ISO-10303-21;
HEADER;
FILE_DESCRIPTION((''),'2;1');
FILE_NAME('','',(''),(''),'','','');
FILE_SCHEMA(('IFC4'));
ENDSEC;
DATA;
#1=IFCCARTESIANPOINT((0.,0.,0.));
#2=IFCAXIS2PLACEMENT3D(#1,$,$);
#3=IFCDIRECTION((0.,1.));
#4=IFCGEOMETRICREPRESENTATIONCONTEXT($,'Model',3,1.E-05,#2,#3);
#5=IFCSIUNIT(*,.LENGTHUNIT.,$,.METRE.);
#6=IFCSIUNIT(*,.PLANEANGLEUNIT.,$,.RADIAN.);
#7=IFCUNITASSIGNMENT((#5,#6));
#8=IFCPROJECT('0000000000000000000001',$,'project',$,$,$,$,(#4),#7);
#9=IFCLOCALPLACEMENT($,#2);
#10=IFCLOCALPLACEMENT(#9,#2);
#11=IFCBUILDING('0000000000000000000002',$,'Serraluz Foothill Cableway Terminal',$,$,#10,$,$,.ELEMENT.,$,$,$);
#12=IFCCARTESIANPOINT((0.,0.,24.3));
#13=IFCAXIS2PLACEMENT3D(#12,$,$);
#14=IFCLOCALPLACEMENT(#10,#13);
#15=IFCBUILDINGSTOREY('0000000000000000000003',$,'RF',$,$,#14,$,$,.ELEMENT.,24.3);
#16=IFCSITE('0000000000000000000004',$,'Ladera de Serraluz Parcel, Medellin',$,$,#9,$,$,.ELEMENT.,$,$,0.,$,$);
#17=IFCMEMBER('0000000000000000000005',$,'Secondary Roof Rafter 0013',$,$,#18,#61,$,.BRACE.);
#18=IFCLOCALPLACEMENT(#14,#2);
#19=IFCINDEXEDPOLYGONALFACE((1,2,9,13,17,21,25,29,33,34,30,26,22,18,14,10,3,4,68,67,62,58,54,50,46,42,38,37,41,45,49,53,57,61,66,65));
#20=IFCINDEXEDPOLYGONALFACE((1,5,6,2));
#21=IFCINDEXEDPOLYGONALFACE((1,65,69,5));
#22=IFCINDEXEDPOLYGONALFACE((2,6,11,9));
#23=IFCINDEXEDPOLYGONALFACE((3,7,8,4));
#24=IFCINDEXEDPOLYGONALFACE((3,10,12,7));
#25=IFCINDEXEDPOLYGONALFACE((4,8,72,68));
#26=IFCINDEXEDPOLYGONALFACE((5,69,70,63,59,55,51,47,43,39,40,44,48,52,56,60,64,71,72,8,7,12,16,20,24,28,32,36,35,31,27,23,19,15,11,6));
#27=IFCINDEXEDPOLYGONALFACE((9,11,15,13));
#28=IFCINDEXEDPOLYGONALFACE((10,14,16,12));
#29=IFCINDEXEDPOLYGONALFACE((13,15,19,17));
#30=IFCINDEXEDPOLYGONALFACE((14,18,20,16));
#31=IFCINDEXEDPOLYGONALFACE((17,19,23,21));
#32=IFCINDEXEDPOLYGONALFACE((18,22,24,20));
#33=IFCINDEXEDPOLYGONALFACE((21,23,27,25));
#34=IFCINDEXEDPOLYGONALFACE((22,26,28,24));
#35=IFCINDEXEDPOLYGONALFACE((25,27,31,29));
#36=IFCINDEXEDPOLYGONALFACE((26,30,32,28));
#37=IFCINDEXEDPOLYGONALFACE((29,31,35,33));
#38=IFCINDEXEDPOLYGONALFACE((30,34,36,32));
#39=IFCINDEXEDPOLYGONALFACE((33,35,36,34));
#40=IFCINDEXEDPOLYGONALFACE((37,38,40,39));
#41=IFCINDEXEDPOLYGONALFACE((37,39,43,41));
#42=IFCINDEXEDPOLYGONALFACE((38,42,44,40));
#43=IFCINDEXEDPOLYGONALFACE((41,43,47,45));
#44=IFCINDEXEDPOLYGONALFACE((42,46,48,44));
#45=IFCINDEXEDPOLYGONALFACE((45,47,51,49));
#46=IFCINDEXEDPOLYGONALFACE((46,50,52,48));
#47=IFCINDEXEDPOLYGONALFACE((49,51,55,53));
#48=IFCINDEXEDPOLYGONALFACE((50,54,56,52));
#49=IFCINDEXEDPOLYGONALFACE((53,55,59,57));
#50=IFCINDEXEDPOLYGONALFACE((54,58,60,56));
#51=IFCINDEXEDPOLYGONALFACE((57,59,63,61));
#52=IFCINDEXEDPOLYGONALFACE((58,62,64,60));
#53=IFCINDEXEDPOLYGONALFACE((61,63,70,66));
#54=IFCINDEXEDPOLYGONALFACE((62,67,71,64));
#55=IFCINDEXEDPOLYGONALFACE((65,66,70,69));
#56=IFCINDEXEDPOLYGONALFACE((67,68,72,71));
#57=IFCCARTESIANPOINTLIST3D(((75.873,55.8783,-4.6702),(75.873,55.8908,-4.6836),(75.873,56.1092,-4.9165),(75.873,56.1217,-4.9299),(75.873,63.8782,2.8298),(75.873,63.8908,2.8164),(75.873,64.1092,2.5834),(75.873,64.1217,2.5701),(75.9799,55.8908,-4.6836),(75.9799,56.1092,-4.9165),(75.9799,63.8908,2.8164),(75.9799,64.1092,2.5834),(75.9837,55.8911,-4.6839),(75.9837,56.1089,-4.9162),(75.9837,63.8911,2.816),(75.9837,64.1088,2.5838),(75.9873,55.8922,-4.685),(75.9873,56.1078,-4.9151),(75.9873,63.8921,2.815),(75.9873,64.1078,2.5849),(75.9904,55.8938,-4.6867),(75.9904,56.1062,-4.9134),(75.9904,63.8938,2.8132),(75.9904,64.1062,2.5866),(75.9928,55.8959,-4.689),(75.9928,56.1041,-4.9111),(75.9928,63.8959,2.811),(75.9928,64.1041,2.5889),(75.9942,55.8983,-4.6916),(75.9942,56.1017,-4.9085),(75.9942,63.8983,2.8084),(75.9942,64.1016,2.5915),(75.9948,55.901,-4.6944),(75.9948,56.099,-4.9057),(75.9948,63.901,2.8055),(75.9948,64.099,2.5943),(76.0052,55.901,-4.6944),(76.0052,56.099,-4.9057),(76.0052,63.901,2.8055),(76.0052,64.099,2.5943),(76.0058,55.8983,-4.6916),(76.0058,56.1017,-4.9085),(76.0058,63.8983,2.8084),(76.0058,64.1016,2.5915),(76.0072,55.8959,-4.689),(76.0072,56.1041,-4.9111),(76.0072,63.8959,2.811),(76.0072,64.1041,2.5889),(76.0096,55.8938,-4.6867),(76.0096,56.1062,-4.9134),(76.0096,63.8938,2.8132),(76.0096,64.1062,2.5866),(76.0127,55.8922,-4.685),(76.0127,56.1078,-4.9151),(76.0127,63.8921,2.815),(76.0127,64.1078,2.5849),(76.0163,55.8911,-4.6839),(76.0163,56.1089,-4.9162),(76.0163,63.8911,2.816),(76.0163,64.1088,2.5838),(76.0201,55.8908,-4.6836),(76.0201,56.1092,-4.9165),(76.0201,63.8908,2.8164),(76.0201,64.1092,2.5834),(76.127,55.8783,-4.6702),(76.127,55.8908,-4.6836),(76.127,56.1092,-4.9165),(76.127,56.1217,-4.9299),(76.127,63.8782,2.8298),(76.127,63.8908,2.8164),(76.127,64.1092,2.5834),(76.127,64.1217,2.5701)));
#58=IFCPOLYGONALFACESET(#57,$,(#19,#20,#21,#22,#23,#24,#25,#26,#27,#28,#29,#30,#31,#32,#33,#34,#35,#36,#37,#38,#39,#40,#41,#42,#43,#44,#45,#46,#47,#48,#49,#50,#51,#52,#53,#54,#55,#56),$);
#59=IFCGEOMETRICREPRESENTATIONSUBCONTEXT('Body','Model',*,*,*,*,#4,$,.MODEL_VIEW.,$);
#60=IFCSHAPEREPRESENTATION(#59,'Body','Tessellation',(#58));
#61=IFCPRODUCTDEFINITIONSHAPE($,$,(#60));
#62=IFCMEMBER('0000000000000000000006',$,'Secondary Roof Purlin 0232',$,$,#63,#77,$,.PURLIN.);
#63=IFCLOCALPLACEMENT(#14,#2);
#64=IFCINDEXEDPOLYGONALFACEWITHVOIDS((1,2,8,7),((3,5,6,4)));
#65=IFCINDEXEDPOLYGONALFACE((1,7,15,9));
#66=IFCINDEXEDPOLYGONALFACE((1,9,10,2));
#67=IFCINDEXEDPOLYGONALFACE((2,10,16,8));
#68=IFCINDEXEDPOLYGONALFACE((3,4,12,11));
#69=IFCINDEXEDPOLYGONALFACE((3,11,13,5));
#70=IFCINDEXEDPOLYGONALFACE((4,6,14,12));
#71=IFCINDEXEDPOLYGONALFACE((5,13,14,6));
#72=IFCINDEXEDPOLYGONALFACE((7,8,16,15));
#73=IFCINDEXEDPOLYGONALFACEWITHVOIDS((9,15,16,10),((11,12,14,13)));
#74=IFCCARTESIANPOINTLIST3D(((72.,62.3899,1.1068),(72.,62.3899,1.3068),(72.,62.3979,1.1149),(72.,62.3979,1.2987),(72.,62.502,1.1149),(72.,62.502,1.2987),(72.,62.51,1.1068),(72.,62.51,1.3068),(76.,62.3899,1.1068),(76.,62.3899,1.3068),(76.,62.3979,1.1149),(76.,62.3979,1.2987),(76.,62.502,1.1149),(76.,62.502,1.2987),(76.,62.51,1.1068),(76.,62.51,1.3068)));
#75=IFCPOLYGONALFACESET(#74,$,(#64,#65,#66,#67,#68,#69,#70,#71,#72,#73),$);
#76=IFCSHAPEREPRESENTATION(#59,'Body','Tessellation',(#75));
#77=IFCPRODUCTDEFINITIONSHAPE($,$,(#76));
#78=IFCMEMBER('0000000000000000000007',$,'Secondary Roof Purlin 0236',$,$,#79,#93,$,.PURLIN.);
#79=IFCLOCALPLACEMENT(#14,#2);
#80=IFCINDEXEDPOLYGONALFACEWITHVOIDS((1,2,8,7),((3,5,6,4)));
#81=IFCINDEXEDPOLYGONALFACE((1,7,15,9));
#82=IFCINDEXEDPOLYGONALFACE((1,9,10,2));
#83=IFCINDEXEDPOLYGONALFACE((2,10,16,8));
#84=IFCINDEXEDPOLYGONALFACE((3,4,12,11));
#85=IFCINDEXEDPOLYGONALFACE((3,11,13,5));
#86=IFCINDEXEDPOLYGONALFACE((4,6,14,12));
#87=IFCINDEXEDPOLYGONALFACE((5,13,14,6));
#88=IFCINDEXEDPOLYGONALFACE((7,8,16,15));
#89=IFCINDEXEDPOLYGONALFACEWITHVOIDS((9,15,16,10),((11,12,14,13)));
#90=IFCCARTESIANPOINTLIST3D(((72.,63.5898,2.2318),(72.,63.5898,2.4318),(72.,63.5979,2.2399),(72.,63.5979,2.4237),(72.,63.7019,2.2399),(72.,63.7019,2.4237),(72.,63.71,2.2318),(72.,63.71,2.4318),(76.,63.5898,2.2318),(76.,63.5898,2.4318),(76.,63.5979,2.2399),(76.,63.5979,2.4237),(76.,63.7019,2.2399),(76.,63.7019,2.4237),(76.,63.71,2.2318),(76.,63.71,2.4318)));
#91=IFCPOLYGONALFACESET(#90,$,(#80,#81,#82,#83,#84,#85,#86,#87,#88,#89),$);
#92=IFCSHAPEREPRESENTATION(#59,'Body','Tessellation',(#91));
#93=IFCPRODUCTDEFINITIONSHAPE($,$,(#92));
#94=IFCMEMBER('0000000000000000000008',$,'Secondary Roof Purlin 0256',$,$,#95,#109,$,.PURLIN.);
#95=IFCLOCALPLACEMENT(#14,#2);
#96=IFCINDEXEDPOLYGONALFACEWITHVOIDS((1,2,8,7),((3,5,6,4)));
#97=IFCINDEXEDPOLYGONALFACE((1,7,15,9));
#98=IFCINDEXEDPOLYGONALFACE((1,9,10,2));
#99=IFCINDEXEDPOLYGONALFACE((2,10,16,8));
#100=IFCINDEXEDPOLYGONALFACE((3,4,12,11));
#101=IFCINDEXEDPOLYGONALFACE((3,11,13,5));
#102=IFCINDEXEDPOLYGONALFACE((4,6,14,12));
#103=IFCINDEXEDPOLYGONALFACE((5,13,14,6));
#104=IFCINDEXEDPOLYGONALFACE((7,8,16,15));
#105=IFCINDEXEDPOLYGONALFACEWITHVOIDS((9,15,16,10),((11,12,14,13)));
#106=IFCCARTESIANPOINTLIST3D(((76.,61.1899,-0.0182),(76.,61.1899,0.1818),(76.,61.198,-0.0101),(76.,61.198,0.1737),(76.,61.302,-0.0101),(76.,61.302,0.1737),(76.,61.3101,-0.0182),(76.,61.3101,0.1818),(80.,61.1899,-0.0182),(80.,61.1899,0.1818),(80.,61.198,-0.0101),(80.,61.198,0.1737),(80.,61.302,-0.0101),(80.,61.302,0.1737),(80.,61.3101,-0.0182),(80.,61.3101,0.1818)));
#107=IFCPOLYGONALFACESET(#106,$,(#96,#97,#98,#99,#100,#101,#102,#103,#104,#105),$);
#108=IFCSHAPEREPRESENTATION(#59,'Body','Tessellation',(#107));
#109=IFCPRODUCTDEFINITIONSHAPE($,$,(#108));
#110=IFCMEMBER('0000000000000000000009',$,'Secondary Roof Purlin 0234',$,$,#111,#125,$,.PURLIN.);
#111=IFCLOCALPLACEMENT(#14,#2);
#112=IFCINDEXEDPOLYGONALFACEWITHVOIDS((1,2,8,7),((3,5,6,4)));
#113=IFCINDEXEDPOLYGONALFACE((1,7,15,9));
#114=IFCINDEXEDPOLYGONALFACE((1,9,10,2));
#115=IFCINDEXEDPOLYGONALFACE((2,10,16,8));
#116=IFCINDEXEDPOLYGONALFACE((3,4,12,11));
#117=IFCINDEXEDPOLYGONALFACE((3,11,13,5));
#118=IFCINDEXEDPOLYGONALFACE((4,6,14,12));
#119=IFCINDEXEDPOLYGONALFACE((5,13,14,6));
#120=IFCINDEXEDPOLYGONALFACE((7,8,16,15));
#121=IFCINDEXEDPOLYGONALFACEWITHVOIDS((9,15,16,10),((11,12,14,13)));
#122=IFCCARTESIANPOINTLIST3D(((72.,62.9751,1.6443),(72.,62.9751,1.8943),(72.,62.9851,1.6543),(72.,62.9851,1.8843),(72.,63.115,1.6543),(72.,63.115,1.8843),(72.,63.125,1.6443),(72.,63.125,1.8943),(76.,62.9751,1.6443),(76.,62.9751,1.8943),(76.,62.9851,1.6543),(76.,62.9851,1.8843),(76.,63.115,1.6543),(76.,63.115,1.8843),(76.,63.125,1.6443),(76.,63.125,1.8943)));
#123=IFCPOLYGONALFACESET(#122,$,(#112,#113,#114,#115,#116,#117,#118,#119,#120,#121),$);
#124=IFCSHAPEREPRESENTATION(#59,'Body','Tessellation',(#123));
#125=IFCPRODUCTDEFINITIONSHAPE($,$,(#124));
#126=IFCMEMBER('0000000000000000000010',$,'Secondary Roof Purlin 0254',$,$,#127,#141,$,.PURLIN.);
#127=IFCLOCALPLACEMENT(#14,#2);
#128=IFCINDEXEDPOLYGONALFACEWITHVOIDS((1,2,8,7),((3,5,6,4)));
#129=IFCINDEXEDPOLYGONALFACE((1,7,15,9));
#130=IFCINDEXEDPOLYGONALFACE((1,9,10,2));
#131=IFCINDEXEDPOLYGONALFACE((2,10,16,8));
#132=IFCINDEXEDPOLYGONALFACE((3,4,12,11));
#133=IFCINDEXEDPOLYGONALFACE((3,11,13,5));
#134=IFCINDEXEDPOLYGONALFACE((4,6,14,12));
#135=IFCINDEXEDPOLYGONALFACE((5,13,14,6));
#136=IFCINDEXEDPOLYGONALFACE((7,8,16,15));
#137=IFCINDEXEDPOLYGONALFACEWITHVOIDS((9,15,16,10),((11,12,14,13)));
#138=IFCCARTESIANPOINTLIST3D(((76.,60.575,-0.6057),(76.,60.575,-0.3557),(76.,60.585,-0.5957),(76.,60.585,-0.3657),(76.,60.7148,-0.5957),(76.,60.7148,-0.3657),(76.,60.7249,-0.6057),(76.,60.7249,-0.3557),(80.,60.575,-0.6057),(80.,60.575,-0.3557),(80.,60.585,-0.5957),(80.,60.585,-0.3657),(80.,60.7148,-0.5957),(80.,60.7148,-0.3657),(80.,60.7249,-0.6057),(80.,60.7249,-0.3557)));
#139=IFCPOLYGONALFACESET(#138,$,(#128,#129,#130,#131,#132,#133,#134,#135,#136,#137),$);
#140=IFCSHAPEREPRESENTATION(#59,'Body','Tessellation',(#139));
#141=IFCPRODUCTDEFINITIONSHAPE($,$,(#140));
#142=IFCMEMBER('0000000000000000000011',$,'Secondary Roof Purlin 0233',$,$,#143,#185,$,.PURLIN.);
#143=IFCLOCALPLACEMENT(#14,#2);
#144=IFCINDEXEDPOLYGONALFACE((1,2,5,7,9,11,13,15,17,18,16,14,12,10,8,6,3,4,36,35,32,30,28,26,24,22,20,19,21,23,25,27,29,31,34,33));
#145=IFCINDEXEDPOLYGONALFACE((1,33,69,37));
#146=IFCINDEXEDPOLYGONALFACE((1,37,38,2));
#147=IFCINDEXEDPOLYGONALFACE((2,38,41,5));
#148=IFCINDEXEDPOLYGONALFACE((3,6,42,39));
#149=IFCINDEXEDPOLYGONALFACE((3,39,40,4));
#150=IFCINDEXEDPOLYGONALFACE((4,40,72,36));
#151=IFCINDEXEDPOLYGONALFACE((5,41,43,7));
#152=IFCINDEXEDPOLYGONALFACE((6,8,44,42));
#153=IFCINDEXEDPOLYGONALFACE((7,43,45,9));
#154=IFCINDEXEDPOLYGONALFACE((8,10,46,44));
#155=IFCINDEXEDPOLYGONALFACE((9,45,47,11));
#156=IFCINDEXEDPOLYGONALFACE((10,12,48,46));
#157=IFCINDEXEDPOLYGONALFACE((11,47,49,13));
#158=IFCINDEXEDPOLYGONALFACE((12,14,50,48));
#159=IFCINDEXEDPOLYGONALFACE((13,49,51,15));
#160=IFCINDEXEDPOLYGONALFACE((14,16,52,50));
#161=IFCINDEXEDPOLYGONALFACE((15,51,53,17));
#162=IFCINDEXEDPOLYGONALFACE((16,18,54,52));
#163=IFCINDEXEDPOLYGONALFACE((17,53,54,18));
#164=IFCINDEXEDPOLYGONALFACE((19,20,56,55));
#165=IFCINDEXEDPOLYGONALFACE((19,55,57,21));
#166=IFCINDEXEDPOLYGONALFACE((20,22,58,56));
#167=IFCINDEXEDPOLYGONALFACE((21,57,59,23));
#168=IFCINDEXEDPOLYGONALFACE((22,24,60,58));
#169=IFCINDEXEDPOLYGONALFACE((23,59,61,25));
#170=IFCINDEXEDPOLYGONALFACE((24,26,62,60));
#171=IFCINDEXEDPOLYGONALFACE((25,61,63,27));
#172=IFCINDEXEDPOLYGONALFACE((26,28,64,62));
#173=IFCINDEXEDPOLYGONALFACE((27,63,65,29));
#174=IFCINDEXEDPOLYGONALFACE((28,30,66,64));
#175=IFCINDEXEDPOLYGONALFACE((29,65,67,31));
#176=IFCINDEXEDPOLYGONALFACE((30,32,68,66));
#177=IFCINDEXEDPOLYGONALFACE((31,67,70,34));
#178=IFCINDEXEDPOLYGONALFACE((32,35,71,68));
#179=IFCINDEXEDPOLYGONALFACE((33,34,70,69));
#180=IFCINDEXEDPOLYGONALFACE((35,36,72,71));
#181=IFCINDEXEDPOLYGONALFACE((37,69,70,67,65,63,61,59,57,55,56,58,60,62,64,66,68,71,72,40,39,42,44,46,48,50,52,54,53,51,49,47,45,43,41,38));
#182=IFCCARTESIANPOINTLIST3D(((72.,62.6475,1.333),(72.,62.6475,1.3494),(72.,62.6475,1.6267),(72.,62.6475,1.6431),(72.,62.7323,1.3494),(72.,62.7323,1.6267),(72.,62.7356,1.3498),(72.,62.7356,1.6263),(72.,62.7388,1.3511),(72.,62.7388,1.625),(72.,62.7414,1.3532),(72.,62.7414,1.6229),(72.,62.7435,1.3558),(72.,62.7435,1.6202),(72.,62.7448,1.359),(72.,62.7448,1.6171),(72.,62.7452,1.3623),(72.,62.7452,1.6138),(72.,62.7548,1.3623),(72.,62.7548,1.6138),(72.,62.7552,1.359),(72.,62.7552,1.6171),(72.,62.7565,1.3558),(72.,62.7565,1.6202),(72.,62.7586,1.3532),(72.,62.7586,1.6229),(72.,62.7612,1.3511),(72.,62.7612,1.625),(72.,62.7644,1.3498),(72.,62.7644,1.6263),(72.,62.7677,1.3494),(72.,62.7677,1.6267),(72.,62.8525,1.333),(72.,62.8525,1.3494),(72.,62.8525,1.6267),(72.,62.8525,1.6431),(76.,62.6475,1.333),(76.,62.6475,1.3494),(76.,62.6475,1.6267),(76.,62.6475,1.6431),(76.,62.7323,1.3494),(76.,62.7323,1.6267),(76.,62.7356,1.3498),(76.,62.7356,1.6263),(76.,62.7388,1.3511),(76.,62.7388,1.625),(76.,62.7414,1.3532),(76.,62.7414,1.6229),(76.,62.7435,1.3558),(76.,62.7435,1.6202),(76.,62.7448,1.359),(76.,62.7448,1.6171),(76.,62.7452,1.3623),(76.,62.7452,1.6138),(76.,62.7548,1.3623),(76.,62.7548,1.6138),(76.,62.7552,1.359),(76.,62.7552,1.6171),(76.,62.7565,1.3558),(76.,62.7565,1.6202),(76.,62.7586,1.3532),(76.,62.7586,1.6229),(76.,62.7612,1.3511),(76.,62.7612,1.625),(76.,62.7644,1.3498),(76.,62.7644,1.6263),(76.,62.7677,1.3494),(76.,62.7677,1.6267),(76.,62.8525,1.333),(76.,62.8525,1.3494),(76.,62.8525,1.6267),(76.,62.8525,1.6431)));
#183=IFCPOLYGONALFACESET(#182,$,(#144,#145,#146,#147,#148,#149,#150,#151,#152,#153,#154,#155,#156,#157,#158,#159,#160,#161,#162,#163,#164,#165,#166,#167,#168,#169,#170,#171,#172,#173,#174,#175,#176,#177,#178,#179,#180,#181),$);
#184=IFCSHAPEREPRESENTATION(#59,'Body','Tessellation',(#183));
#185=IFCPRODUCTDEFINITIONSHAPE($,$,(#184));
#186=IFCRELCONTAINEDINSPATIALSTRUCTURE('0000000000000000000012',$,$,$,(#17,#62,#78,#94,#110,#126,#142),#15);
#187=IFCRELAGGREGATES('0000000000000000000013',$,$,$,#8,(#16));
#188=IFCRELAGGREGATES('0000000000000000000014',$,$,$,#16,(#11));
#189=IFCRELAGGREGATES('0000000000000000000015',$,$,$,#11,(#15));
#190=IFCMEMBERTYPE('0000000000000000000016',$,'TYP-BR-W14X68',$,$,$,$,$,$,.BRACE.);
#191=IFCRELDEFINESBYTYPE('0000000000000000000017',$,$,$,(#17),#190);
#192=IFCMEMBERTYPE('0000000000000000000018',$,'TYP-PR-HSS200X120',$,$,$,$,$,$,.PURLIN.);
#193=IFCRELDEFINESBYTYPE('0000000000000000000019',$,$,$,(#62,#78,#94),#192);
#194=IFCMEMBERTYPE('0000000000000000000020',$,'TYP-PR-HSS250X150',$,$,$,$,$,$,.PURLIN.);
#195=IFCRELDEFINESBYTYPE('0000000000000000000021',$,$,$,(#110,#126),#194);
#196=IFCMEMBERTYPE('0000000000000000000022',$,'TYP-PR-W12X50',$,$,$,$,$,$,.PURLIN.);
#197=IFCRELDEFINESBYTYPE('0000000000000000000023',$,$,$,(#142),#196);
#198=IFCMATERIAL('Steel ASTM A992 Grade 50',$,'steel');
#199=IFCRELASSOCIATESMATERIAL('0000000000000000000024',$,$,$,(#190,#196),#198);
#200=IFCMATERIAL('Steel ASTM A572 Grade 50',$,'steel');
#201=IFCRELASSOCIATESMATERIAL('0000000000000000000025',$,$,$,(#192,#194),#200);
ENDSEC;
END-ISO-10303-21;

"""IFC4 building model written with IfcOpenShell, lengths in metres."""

from ifc_helpers import new_model, si_unit, direction, frame, origin, origin_2d, place, context, subcontext, project, spatial, hollow_rectangle, i_section, extrude, material, material_profile, profile_set, type_object, element, save


model = new_model("IFC4")

# Units and contexts
model_context = context("Model", 3, precision=1e-05, world=origin(), true_north=direction((0.0, 1.0)))
body_context = subcontext(model_context, "Body", "Model", "MODEL_VIEW")
ifc_project = project(units=[si_unit("LENGTHUNIT", "METRE"), si_unit("PLANEANGLEUNIT", "RADIAN")], contexts=[model_context])

# Site, building, storey
site_placement = place(None, origin())
site = spatial("IfcSite", under=ifc_project, at=site_placement, Name="Ladera de Serraluz Parcel, Medellin", CompositionType="ELEMENT", RefElevation=0.0)
building_placement = place(site_placement, origin())
building = spatial("IfcBuilding", under=site, at=building_placement, Name="Serraluz Foothill Cableway Terminal", CompositionType="ELEMENT")
storey_placement = place(building_placement, frame((0.0, 0.0, 24.3)))
storey = spatial("IfcBuildingStorey", under=building, at=storey_placement, Name="RF", CompositionType="ELEMENT", Elevation=24.3)

# Members
ifc_material_1 = material(Name="Steel ASTM A572 Grade 50", Category="steel")
ifc_material_2 = material(Name="Steel ASTM A992 Grade 50", Category="steel")
ifc_material_profile_1 = material_profile(ifc_material_2, i_section(OverallWidth=0.2539, OverallDepth=0.356, WebThickness=0.0105, FlangeThickness=0.0183, FilletRadius=0.0149, at=origin_2d()), Name="W14X68")
ifc_profile_set_1 = profile_set([ifc_material_profile_1], Name="Steel ASTM A992 Grade 50")
member_type_1 = type_object("IfcMemberType", Name="TYP-BR-W14X68", PredefinedType="BRACE", material=ifc_profile_set_1)
member_1_placement = place(storey_placement, frame((76.0, 56.0, -4.8), z_axis=(0.0, 0.729537, 0.683941), x_axis=(-1.0, 0.0, 0.0)))
element("IfcMember", 1, at=member_1_placement, inside=storey, type_object=member_type_1, Name="Secondary Roof Rafter 0013", PredefinedType="BRACE", context=body_context, shape_type="SweptSolid", body=[
    extrude(i_section(OverallWidth=0.2539, OverallDepth=0.356, WebThickness=0.0105, FlangeThickness=0.0183, FilletRadius=0.0149, at=origin_2d()), origin(), (0.0, 0.0, 1.0), 10.9658),
])
ifc_material_profile_2 = material_profile(ifc_material_1, hollow_rectangle(XDim=0.1201, YDim=0.2, WallThickness=0.0081, at=origin_2d()), Name="HSS200X120X8")
ifc_profile_set_2 = profile_set([ifc_material_profile_2], Name="Steel ASTM A572 Grade 50")
member_type_2 = type_object("IfcMemberType", Name="TYP-PR-HSS200X120", PredefinedType="PURLIN", material=ifc_profile_set_2)
for number, where, z_axis, x_axis, name in (
    (2, (72.0, 62.45, 1.2068), (1.0, 0.0, 0.0), (0.0, 1.0, 0.0), "Secondary Roof Purlin 0232"),
    (3, (72.0, 63.6499, 2.3318), (1.0, 0.0, 0.0), (0.0, 1.0, 0.0), "Secondary Roof Purlin 0236"),
    (4, (76.0, 61.25, 0.0818), (1.0, 0.0, 0.0), (0.0, 1.0, 0.0), "Secondary Roof Purlin 0256"),
):
    element("IfcMember", number, at=place(storey_placement, frame(where, z_axis=z_axis, x_axis=x_axis)), inside=storey, type_object=member_type_2, Name=name, PredefinedType="PURLIN", context=body_context, shape_type="SweptSolid", body=[
        extrude(hollow_rectangle(XDim=0.1201, YDim=0.2, WallThickness=0.0081, at=origin_2d()), origin(), (0.0, 0.0, 1.0), 4.0),
    ])
ifc_material_profile_3 = material_profile(ifc_material_1, hollow_rectangle(XDim=0.1499, YDim=0.25, WallThickness=0.01, at=origin_2d()), Name="HSS250X150X10")
ifc_profile_set_3 = profile_set([ifc_material_profile_3], Name="Steel ASTM A572 Grade 50")
member_type_3 = type_object("IfcMemberType", Name="TYP-PR-HSS250X150", PredefinedType="PURLIN", material=ifc_profile_set_3)
for number, where, z_axis, x_axis, name in (
    (5, (72.0, 63.05, 1.7693), (1.0, 0.0, 0.0), (0.0, 1.0, 0.0), "Secondary Roof Purlin 0234"),
    (6, (76.0, 60.6499, -0.4807), (1.0, 0.0, 0.0), (0.0, 1.0, 0.0), "Secondary Roof Purlin 0254"),
):
    element("IfcMember", number, at=place(storey_placement, frame(where, z_axis=z_axis, x_axis=x_axis)), inside=storey, type_object=member_type_3, Name=name, PredefinedType="PURLIN", context=body_context, shape_type="SweptSolid", body=[
        extrude(hollow_rectangle(XDim=0.1499, YDim=0.25, WallThickness=0.01, at=origin_2d()), origin(), (0.0, 0.0, 1.0), 4.0),
    ])
ifc_material_profile_4 = material_profile(ifc_material_2, i_section(OverallWidth=0.2051, OverallDepth=0.3101, WebThickness=0.0095, FlangeThickness=0.0164, FilletRadius=0.0129, at=origin_2d()), Name="W12X50")
ifc_profile_set_4 = profile_set([ifc_material_profile_4], Name="Steel ASTM A992 Grade 50")
member_type_4 = type_object("IfcMemberType", Name="TYP-PR-W12X50", PredefinedType="PURLIN", material=ifc_profile_set_4)
for number, where, z_axis, x_axis, name in (
    (7, (72.0, 62.75, 1.488), (1.0, 0.0, 0.0), (0.0, 1.0, 0.0), "Secondary Roof Purlin 0233"),
):
    element("IfcMember", number, at=place(storey_placement, frame(where, z_axis=z_axis, x_axis=x_axis)), inside=storey, type_object=member_type_4, Name=name, PredefinedType="PURLIN", context=body_context, shape_type="SweptSolid", body=[
        extrude(i_section(OverallWidth=0.2051, OverallDepth=0.3101, WebThickness=0.0095, FlangeThickness=0.0164, FilletRadius=0.0129, at=origin_2d()), origin(), (0.0, 0.0, 1.0), 4.0),
    ])

save(model, "model.ifc")
